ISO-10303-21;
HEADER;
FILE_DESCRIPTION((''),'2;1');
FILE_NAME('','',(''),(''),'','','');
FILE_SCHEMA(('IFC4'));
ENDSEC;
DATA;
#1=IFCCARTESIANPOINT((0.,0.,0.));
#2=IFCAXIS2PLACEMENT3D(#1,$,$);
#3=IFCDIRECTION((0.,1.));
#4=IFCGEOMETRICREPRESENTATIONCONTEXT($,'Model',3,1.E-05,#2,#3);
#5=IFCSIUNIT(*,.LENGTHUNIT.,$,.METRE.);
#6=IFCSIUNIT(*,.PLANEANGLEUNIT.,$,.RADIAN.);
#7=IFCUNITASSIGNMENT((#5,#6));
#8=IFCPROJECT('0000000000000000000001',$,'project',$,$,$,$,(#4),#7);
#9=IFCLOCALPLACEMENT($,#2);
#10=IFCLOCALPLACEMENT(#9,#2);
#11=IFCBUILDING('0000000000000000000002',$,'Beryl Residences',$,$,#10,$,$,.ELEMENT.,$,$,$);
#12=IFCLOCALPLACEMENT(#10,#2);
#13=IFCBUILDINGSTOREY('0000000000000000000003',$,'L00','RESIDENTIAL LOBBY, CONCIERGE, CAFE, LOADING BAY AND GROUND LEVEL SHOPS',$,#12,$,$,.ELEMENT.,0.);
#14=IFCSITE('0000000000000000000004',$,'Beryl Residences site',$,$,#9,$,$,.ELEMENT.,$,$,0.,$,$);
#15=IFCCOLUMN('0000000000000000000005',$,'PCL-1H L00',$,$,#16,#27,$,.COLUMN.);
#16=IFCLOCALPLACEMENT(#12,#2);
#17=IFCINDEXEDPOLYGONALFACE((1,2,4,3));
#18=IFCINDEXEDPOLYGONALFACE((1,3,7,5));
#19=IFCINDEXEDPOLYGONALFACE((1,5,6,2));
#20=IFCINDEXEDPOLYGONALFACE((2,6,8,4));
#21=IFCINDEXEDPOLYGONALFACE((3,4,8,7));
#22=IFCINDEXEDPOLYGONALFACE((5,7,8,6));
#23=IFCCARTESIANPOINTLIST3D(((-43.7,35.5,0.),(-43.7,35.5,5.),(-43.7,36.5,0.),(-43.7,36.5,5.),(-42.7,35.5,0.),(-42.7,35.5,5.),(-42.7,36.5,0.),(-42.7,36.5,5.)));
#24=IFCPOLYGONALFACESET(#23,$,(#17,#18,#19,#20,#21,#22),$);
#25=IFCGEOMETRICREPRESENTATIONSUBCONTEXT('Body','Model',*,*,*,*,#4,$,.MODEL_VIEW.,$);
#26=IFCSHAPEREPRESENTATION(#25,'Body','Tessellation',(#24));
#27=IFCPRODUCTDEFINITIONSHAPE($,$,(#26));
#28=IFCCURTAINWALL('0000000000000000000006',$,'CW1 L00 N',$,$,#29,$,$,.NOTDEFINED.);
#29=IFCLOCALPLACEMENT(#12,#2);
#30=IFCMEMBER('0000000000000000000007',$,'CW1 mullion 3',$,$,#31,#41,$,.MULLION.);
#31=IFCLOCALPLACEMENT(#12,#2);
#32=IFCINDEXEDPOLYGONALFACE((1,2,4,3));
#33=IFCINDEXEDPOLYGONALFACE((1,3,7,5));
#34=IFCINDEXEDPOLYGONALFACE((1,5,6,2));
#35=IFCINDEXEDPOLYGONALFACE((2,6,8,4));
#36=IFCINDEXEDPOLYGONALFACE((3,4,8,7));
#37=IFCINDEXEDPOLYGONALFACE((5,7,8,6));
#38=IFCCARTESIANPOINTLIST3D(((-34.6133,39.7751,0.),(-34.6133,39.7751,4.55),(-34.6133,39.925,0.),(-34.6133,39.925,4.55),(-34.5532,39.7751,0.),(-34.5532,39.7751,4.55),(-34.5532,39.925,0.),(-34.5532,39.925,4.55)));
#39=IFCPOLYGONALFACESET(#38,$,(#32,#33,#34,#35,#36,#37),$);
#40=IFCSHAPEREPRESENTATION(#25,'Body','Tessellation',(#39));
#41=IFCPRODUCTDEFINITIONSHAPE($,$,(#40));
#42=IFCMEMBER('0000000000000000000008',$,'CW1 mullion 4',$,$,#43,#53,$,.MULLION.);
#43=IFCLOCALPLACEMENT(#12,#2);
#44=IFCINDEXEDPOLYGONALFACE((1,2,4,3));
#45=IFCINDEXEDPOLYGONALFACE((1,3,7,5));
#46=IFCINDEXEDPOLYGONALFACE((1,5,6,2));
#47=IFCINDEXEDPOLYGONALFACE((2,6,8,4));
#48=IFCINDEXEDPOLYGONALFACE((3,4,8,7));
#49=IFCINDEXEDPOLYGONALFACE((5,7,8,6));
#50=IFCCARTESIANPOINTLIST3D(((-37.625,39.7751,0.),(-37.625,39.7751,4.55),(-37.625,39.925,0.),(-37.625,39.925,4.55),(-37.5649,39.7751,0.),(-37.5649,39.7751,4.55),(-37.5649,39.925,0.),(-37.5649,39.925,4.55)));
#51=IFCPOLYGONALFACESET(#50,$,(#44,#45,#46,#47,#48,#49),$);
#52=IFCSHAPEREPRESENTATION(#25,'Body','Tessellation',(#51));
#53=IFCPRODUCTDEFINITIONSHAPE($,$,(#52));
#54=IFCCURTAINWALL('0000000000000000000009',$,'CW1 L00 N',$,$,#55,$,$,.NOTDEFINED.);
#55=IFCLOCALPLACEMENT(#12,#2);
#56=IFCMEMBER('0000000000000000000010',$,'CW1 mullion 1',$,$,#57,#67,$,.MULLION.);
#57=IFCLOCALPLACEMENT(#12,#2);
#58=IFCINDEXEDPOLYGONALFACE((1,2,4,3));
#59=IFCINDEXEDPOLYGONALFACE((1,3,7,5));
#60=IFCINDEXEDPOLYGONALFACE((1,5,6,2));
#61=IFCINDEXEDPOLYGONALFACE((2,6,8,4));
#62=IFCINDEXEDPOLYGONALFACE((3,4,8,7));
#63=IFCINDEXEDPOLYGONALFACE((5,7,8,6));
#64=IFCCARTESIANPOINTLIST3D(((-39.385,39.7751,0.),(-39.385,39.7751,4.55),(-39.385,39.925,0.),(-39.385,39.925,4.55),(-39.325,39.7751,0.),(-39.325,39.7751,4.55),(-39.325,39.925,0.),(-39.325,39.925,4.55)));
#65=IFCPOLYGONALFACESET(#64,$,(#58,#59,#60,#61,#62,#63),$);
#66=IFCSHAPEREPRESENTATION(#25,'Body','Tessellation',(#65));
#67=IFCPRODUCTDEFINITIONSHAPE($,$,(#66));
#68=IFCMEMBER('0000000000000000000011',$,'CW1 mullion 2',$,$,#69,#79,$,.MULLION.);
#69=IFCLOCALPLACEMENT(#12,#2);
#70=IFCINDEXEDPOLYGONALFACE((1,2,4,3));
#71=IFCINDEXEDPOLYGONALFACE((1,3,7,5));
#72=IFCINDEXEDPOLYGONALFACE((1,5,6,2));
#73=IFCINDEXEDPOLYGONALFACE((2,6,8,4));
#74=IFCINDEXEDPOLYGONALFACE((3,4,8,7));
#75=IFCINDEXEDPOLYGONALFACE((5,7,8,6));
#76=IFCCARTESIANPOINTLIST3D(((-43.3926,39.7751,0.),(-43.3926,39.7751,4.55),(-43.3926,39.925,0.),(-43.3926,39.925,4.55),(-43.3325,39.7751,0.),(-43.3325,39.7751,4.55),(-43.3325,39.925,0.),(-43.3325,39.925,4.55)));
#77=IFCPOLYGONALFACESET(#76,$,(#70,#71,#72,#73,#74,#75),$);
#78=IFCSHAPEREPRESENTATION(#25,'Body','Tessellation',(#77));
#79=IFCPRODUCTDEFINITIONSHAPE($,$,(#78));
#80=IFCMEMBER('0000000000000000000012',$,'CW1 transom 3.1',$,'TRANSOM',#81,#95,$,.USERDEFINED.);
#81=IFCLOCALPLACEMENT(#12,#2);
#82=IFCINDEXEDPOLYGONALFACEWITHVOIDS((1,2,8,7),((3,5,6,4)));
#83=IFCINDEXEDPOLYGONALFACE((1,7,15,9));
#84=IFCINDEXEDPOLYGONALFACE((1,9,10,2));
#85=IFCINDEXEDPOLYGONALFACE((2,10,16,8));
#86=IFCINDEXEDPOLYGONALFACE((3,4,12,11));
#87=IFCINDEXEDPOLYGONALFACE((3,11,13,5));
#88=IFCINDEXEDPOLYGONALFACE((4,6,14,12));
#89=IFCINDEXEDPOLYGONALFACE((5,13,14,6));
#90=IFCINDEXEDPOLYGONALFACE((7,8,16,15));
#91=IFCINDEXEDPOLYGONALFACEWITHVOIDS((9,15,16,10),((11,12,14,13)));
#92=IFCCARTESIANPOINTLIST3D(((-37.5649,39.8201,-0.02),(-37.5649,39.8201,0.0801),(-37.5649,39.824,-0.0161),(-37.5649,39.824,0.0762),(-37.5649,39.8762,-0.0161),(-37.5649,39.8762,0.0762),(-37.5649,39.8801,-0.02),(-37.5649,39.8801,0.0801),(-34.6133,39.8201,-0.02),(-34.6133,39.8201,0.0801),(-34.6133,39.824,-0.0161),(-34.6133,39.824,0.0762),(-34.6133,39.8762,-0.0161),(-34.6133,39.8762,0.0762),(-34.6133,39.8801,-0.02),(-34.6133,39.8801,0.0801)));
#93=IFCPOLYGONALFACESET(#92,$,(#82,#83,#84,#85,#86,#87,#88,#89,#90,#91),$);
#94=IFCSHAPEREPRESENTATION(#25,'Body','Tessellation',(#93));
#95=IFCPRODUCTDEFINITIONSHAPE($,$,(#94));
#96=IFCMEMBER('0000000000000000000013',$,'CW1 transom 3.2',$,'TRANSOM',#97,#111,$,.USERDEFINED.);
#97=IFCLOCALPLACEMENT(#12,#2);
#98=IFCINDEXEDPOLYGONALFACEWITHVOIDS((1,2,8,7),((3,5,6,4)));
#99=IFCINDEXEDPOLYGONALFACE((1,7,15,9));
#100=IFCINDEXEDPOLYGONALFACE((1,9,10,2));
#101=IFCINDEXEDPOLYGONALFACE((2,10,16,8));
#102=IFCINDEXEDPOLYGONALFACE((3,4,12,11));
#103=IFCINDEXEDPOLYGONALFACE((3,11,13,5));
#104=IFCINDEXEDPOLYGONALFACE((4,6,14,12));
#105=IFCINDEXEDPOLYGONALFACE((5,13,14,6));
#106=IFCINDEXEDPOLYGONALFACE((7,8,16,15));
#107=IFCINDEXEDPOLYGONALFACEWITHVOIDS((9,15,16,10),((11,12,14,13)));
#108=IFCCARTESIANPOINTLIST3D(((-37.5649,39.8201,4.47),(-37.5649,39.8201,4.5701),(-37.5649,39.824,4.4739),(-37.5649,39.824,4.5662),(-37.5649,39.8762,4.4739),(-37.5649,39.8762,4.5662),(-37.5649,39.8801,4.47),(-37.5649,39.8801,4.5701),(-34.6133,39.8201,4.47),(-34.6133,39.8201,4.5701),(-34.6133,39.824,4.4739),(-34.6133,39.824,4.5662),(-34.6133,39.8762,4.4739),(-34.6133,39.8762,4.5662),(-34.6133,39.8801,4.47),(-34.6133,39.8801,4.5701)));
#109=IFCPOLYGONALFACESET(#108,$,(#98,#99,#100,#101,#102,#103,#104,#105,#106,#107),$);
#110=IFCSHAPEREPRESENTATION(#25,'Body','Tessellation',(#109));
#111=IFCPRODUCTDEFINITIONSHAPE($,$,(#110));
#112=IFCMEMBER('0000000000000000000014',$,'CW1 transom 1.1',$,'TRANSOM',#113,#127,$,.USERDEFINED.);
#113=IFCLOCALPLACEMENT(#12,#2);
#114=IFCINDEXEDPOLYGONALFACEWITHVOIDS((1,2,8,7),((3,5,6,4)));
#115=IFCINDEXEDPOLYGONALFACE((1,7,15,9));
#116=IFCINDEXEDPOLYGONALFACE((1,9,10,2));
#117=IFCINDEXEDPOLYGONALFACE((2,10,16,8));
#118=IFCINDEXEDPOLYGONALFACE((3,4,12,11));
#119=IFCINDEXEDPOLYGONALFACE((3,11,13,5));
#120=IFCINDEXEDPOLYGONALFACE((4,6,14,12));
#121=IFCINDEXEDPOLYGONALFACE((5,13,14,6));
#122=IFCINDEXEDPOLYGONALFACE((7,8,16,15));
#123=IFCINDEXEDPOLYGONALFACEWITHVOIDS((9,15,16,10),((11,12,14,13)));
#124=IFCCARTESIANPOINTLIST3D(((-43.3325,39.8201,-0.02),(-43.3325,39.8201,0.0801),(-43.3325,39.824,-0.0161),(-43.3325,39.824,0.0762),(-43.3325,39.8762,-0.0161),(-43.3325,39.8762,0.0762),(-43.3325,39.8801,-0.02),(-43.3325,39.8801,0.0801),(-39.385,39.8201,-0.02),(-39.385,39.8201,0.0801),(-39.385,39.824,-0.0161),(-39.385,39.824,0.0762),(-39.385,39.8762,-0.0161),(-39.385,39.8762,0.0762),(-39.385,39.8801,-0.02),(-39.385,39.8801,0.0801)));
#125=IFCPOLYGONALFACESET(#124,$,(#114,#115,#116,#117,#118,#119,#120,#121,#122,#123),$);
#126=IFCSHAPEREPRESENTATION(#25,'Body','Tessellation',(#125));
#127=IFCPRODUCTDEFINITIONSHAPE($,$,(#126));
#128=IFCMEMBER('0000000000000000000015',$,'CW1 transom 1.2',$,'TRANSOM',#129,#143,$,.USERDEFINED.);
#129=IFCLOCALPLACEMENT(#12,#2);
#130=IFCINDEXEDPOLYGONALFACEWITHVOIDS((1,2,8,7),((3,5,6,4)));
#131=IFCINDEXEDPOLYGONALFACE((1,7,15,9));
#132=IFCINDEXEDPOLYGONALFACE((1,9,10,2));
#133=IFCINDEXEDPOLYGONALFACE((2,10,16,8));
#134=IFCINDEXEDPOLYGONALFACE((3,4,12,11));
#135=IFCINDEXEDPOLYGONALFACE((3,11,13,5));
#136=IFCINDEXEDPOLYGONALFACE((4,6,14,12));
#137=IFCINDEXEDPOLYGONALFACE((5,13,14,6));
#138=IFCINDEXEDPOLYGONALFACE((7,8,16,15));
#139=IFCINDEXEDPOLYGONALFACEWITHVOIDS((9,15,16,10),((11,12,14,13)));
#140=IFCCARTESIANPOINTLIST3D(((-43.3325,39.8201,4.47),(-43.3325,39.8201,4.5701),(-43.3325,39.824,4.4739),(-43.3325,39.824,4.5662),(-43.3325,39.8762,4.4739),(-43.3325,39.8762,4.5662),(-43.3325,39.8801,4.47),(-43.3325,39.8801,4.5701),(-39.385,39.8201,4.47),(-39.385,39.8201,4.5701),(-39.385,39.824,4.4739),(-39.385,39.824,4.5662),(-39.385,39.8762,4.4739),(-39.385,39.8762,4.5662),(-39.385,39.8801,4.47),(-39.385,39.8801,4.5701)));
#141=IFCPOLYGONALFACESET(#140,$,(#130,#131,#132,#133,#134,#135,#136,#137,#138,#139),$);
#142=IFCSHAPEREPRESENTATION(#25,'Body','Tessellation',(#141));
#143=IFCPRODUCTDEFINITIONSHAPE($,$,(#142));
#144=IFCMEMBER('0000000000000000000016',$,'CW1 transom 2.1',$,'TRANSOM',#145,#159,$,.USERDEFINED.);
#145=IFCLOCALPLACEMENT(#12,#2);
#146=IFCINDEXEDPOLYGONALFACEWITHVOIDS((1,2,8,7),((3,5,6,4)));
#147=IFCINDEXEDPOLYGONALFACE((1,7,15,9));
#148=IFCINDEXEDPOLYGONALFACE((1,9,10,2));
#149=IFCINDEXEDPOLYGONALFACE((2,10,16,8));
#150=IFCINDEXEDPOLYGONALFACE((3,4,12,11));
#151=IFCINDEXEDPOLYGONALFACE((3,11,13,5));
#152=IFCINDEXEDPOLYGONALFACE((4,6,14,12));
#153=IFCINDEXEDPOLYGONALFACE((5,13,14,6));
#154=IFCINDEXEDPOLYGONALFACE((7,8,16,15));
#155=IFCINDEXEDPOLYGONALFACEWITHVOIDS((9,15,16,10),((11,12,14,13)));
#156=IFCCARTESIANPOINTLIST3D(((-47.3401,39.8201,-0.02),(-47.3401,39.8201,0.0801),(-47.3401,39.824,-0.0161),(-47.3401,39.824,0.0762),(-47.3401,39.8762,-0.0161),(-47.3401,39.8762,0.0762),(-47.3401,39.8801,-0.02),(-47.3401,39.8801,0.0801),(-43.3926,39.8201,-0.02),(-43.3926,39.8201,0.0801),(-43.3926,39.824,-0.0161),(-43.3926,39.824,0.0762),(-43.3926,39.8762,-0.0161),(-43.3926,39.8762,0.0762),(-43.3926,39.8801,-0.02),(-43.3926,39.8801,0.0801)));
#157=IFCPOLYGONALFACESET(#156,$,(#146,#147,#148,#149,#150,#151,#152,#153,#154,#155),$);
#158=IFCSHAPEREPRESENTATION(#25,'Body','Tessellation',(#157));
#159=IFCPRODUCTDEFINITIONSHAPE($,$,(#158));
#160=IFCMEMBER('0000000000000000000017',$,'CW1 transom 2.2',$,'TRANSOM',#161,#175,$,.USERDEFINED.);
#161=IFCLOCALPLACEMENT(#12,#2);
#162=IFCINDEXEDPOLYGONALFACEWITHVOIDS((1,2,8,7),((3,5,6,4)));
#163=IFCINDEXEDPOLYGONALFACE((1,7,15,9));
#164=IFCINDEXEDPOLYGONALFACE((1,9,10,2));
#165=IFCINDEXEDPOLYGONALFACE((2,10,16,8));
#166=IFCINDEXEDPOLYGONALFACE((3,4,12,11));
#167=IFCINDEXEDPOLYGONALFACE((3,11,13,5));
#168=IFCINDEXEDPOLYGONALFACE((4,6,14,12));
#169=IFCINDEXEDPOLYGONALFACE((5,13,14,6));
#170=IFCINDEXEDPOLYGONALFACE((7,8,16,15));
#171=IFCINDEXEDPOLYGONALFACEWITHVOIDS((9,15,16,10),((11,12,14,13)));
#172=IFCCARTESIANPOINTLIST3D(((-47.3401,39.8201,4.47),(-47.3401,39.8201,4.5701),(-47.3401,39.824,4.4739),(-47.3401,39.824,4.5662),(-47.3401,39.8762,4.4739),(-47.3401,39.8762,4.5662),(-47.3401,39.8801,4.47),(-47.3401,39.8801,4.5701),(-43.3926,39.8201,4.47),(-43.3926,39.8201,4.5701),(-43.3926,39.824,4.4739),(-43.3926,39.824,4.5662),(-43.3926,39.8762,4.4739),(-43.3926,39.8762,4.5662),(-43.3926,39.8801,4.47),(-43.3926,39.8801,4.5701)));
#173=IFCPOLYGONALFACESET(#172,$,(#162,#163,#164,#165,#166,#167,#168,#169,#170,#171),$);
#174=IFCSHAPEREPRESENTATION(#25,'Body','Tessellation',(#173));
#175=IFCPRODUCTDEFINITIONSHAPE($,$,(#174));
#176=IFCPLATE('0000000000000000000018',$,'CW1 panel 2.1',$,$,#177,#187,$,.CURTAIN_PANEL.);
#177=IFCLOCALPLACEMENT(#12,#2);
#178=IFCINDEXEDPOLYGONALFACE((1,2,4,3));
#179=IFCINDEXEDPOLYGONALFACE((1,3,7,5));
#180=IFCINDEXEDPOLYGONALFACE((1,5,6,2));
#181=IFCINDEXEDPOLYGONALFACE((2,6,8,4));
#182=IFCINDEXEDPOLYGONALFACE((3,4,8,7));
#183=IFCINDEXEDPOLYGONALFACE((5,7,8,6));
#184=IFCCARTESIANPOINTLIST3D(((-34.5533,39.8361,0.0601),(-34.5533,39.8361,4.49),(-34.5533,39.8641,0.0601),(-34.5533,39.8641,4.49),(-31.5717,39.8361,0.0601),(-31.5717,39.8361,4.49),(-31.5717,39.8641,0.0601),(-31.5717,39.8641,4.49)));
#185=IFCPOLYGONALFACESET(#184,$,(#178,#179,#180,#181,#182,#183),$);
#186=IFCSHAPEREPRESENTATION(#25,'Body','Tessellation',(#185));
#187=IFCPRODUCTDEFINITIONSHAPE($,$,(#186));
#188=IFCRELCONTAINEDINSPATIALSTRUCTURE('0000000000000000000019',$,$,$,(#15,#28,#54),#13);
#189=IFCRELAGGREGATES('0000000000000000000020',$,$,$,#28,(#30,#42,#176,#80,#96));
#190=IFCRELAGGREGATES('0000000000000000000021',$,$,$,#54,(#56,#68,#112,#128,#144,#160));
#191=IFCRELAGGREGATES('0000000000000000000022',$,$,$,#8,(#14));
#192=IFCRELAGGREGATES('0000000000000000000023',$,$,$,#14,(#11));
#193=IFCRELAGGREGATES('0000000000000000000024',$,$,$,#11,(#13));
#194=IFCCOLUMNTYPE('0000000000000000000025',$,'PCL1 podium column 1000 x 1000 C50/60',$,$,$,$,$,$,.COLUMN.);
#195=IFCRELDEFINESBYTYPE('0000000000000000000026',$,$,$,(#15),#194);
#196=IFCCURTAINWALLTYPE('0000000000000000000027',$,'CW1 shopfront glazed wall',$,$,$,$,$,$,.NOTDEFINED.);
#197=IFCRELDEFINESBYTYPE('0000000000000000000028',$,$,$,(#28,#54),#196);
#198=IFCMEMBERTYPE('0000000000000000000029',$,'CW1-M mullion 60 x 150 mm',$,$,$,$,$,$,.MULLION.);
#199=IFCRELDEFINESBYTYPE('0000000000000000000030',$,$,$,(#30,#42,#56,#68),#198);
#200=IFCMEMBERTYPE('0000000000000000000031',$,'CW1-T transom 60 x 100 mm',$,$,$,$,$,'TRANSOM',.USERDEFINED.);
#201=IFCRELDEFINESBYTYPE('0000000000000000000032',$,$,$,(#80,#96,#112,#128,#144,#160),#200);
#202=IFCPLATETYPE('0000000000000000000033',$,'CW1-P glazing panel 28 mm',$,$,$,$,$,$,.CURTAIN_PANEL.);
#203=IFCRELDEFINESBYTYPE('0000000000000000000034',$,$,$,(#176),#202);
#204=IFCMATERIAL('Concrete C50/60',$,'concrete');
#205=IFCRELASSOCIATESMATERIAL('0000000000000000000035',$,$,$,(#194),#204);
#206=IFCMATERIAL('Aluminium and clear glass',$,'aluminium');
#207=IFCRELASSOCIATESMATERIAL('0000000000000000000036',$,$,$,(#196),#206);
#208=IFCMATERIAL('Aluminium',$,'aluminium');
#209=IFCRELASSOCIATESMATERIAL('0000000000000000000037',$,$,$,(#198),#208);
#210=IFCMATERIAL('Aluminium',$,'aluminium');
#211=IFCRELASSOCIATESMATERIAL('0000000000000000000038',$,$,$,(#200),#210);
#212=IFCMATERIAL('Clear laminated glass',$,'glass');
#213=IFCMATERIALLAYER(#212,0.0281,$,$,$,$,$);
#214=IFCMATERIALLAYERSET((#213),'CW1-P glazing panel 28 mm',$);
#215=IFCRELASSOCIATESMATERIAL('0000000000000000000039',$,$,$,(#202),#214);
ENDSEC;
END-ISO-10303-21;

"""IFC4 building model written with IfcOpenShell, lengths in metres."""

from ifc_helpers import new_model, si_unit, direction, frame, origin, origin_2d, place, context, subcontext, project, spatial, rectangle, hollow_rectangle, extrude, material, layer, layer_set, material_profile, profile_set, type_object, element, aggregate, save


model = new_model("IFC4")

# Units and contexts
model_context = context("Model", 3, precision=1e-05, world=origin(), true_north=direction((0.0, 1.0)))
body_context = subcontext(model_context, "Body", "Model", "MODEL_VIEW")
ifc_project = project(units=[si_unit("LENGTHUNIT", "METRE"), si_unit("PLANEANGLEUNIT", "RADIAN")], contexts=[model_context])

# Site, building, storey
site_placement = place(None, origin())
site = spatial("IfcSite", under=ifc_project, at=site_placement, Name="Beryl Residences site", CompositionType="ELEMENT", RefElevation=0.0)
building_placement = place(site_placement, origin())
building = spatial("IfcBuilding", under=site, at=building_placement, Name="Beryl Residences", CompositionType="ELEMENT")
storey_placement = place(building_placement, origin())
storey = spatial("IfcBuildingStorey", under=building, at=storey_placement, Name="L00", Description="RESIDENTIAL LOBBY, CONCIERGE, CAFE, LOADING BAY AND GROUND LEVEL SHOPS", CompositionType="ELEMENT", Elevation=0.0)

# Column
ifc_material_1 = material(Name="Concrete C50/60", Category="concrete")
ifc_material_profile_1 = material_profile(ifc_material_1, rectangle(XDim=1.0, YDim=1.0, at=origin_2d()))
ifc_profile_set_1 = profile_set([ifc_material_profile_1], Name="Concrete C50/60")
column_type = type_object("IfcColumnType", Name="PCL1 podium column 1000 x 1000 C50/60", PredefinedType="COLUMN", material=ifc_profile_set_1)
column_placement = place(storey_placement, frame((-43.2, 36.0, 0.0), z_axis=(0.0, 0.0, 1.0), x_axis=(1.0, 0.0, 0.0)))
element("IfcColumn", 1, at=column_placement, inside=storey, type_object=column_type, Name="PCL-1H L00", PredefinedType="COLUMN", context=body_context, shape_type="SweptSolid", body=[
    extrude(rectangle(XDim=1.0, YDim=1.0, at=origin_2d()), origin(), (0.0, 0.0, 1.0), 5.0),
])

# Curtain walls, members
ifc_material_2 = material(Name="Aluminium and clear glass", Category="aluminium")
curtain_wall_type = type_object("IfcCurtainWallType", Name="CW1 shopfront glazed wall", PredefinedType="NOTDEFINED", material=ifc_material_2)
curtain_wall_1_placement = place(storey_placement, origin())
curtain_wall_1 = element("IfcCurtainWall", 2, at=curtain_wall_1_placement, inside=storey, type_object=curtain_wall_type, Name="CW1 L00 N", PredefinedType="NOTDEFINED")
ifc_material_3 = material(Name="Aluminium", Category="aluminium")
ifc_material_profile_2 = material_profile(ifc_material_3, rectangle(XDim=0.0601, YDim=0.1499, at=origin_2d()))
ifc_profile_set_2 = profile_set([ifc_material_profile_2], Name="Aluminium")
member_type_1 = type_object("IfcMemberType", Name="CW1-M mullion 60 x 150 mm", PredefinedType="MULLION", material=ifc_profile_set_2)
member_1_placement = place(storey_placement, frame((-34.5833, 39.8501, 0.0), z_axis=(0.0, 0.0, 1.0), x_axis=(-1.0, 0.0, 0.0)))
member_1 = element("IfcMember", 3, at=member_1_placement, type_object=member_type_1, Name="CW1 mullion 3", PredefinedType="MULLION", context=body_context, shape_type="SweptSolid", body=[
    extrude(rectangle(XDim=0.0601, YDim=0.1499, at=origin_2d()), origin(), (0.0, 0.0, 1.0), 4.55),
])
member_2_placement = place(storey_placement, frame((-37.595, 39.8501, 0.0), z_axis=(0.0, 0.0, 1.0), x_axis=(-1.0, 0.0, 0.0)))
member_2 = element("IfcMember", 4, at=member_2_placement, type_object=member_type_1, Name="CW1 mullion 4", PredefinedType="MULLION", context=body_context, shape_type="SweptSolid", body=[
    extrude(rectangle(XDim=0.0601, YDim=0.1499, at=origin_2d()), origin(), (0.0, 0.0, 1.0), 4.55),
])
curtain_wall_2_placement = place(storey_placement, origin())
curtain_wall_2 = element("IfcCurtainWall", 5, at=curtain_wall_2_placement, inside=storey, type_object=curtain_wall_type, Name="CW1 L00 N", PredefinedType="NOTDEFINED")
member_3_placement = place(storey_placement, frame((-39.355, 39.8501, 0.0), z_axis=(0.0, 0.0, 1.0), x_axis=(-1.0, 0.0, 0.0)))
member_3 = element("IfcMember", 6, at=member_3_placement, type_object=member_type_1, Name="CW1 mullion 1", PredefinedType="MULLION", context=body_context, shape_type="SweptSolid", body=[
    extrude(rectangle(XDim=0.0601, YDim=0.1499, at=origin_2d()), origin(), (0.0, 0.0, 1.0), 4.55),
])
member_4_placement = place(storey_placement, frame((-43.3625, 39.8501, 0.0), z_axis=(0.0, 0.0, 1.0), x_axis=(-1.0, 0.0, 0.0)))
member_4 = element("IfcMember", 7, at=member_4_placement, type_object=member_type_1, Name="CW1 mullion 2", PredefinedType="MULLION", context=body_context, shape_type="SweptSolid", body=[
    extrude(rectangle(XDim=0.0601, YDim=0.1499, at=origin_2d()), origin(), (0.0, 0.0, 1.0), 4.55),
])

# Members
ifc_material_4 = material(Name="Aluminium", Category="aluminium")
ifc_material_profile_3 = material_profile(ifc_material_4, hollow_rectangle(XDim=0.0601, YDim=0.1001, WallThickness=0.0039, at=origin_2d()))
ifc_profile_set_3 = profile_set([ifc_material_profile_3], Name="Aluminium")
member_type_2 = type_object("IfcMemberType", Name="CW1-T transom 60 x 100 mm", ElementType="TRANSOM", PredefinedType="USERDEFINED", material=ifc_profile_set_3)
member_5_placement = place(storey_placement, frame((-34.6133, 39.8501, 0.03), z_axis=(-1.0, 0.0, 0.0), x_axis=(0.0, -1.0, 0.0)))
member_5 = element("IfcMember", 8, at=member_5_placement, type_object=member_type_2, Name="CW1 transom 3.1", ObjectType="TRANSOM", PredefinedType="USERDEFINED", context=body_context, shape_type="SweptSolid", body=[
    extrude(hollow_rectangle(XDim=0.0601, YDim=0.1001, WallThickness=0.0039, at=origin_2d()), origin(), (0.0, 0.0, 1.0), 2.9517),
])
member_6_placement = place(storey_placement, frame((-34.6133, 39.8501, 4.52), z_axis=(-1.0, 0.0, 0.0), x_axis=(0.0, -1.0, 0.0)))
member_6 = element("IfcMember", 9, at=member_6_placement, type_object=member_type_2, Name="CW1 transom 3.2", ObjectType="TRANSOM", PredefinedType="USERDEFINED", context=body_context, shape_type="SweptSolid", body=[
    extrude(hollow_rectangle(XDim=0.0601, YDim=0.1001, WallThickness=0.0039, at=origin_2d()), origin(), (0.0, 0.0, 1.0), 2.9517),
])
member_7_placement = place(storey_placement, frame((-39.385, 39.8501, 0.03), z_axis=(-1.0, 0.0, 0.0), x_axis=(0.0, -1.0, 0.0)))
member_7 = element("IfcMember", 10, at=member_7_placement, type_object=member_type_2, Name="CW1 transom 1.1", ObjectType="TRANSOM", PredefinedType="USERDEFINED", context=body_context, shape_type="SweptSolid", body=[
    extrude(hollow_rectangle(XDim=0.0601, YDim=0.1001, WallThickness=0.0039, at=origin_2d()), origin(), (0.0, 0.0, 1.0), 3.9475),
])
member_8_placement = place(storey_placement, frame((-39.385, 39.8501, 4.52), z_axis=(-1.0, 0.0, 0.0), x_axis=(0.0, -1.0, 0.0)))
member_8 = element("IfcMember", 11, at=member_8_placement, type_object=member_type_2, Name="CW1 transom 1.2", ObjectType="TRANSOM", PredefinedType="USERDEFINED", context=body_context, shape_type="SweptSolid", body=[
    extrude(hollow_rectangle(XDim=0.0601, YDim=0.1001, WallThickness=0.0039, at=origin_2d()), origin(), (0.0, 0.0, 1.0), 3.9475),
])
member_9_placement = place(storey_placement, frame((-43.3926, 39.8501, 0.03), z_axis=(-1.0, 0.0, 0.0), x_axis=(0.0, -1.0, 0.0)))
member_9 = element("IfcMember", 12, at=member_9_placement, type_object=member_type_2, Name="CW1 transom 2.1", ObjectType="TRANSOM", PredefinedType="USERDEFINED", context=body_context, shape_type="SweptSolid", body=[
    extrude(hollow_rectangle(XDim=0.0601, YDim=0.1001, WallThickness=0.0039, at=origin_2d()), origin(), (0.0, 0.0, 1.0), 3.9475),
])
member_10_placement = place(storey_placement, frame((-43.3926, 39.8501, 4.52), z_axis=(-1.0, 0.0, 0.0), x_axis=(0.0, -1.0, 0.0)))
member_10 = element("IfcMember", 13, at=member_10_placement, type_object=member_type_2, Name="CW1 transom 2.2", ObjectType="TRANSOM", PredefinedType="USERDEFINED", context=body_context, shape_type="SweptSolid", body=[
    extrude(hollow_rectangle(XDim=0.0601, YDim=0.1001, WallThickness=0.0039, at=origin_2d()), origin(), (0.0, 0.0, 1.0), 3.9475),
])

# Plate
ifc_material_5 = material(Name="Clear laminated glass", Category="glass")
ifc_layer_1 = layer(ifc_material_5, 0.0281)
ifc_layer_set_1 = layer_set([ifc_layer_1], Name="CW1-P glazing panel 28 mm")
plate_type = type_object("IfcPlateType", Name="CW1-P glazing panel 28 mm", PredefinedType="CURTAIN_PANEL", material=ifc_layer_set_1)
plate_1_placement = place(storey_placement, frame((-33.0625, 39.8501, 0.0601), z_axis=(0.0, 0.0, 1.0), x_axis=(-1.0, 0.0, 0.0)))
plate_1 = element("IfcPlate", 14, at=plate_1_placement, type_object=plate_type, Name="CW1 panel 2.1", PredefinedType="CURTAIN_PANEL", context=body_context, shape_type="SweptSolid", body=[
    extrude(rectangle(XDim=2.9817, YDim=0.0281, at=origin_2d()), origin(), (0.0, 0.0, 1.0), 4.4299),
])
aggregate(curtain_wall_1, [member_1, member_2, plate_1, member_5, member_6])
aggregate(curtain_wall_2, [member_3, member_4, member_7, member_8, member_9, member_10])

save(model, "model.ifc")
